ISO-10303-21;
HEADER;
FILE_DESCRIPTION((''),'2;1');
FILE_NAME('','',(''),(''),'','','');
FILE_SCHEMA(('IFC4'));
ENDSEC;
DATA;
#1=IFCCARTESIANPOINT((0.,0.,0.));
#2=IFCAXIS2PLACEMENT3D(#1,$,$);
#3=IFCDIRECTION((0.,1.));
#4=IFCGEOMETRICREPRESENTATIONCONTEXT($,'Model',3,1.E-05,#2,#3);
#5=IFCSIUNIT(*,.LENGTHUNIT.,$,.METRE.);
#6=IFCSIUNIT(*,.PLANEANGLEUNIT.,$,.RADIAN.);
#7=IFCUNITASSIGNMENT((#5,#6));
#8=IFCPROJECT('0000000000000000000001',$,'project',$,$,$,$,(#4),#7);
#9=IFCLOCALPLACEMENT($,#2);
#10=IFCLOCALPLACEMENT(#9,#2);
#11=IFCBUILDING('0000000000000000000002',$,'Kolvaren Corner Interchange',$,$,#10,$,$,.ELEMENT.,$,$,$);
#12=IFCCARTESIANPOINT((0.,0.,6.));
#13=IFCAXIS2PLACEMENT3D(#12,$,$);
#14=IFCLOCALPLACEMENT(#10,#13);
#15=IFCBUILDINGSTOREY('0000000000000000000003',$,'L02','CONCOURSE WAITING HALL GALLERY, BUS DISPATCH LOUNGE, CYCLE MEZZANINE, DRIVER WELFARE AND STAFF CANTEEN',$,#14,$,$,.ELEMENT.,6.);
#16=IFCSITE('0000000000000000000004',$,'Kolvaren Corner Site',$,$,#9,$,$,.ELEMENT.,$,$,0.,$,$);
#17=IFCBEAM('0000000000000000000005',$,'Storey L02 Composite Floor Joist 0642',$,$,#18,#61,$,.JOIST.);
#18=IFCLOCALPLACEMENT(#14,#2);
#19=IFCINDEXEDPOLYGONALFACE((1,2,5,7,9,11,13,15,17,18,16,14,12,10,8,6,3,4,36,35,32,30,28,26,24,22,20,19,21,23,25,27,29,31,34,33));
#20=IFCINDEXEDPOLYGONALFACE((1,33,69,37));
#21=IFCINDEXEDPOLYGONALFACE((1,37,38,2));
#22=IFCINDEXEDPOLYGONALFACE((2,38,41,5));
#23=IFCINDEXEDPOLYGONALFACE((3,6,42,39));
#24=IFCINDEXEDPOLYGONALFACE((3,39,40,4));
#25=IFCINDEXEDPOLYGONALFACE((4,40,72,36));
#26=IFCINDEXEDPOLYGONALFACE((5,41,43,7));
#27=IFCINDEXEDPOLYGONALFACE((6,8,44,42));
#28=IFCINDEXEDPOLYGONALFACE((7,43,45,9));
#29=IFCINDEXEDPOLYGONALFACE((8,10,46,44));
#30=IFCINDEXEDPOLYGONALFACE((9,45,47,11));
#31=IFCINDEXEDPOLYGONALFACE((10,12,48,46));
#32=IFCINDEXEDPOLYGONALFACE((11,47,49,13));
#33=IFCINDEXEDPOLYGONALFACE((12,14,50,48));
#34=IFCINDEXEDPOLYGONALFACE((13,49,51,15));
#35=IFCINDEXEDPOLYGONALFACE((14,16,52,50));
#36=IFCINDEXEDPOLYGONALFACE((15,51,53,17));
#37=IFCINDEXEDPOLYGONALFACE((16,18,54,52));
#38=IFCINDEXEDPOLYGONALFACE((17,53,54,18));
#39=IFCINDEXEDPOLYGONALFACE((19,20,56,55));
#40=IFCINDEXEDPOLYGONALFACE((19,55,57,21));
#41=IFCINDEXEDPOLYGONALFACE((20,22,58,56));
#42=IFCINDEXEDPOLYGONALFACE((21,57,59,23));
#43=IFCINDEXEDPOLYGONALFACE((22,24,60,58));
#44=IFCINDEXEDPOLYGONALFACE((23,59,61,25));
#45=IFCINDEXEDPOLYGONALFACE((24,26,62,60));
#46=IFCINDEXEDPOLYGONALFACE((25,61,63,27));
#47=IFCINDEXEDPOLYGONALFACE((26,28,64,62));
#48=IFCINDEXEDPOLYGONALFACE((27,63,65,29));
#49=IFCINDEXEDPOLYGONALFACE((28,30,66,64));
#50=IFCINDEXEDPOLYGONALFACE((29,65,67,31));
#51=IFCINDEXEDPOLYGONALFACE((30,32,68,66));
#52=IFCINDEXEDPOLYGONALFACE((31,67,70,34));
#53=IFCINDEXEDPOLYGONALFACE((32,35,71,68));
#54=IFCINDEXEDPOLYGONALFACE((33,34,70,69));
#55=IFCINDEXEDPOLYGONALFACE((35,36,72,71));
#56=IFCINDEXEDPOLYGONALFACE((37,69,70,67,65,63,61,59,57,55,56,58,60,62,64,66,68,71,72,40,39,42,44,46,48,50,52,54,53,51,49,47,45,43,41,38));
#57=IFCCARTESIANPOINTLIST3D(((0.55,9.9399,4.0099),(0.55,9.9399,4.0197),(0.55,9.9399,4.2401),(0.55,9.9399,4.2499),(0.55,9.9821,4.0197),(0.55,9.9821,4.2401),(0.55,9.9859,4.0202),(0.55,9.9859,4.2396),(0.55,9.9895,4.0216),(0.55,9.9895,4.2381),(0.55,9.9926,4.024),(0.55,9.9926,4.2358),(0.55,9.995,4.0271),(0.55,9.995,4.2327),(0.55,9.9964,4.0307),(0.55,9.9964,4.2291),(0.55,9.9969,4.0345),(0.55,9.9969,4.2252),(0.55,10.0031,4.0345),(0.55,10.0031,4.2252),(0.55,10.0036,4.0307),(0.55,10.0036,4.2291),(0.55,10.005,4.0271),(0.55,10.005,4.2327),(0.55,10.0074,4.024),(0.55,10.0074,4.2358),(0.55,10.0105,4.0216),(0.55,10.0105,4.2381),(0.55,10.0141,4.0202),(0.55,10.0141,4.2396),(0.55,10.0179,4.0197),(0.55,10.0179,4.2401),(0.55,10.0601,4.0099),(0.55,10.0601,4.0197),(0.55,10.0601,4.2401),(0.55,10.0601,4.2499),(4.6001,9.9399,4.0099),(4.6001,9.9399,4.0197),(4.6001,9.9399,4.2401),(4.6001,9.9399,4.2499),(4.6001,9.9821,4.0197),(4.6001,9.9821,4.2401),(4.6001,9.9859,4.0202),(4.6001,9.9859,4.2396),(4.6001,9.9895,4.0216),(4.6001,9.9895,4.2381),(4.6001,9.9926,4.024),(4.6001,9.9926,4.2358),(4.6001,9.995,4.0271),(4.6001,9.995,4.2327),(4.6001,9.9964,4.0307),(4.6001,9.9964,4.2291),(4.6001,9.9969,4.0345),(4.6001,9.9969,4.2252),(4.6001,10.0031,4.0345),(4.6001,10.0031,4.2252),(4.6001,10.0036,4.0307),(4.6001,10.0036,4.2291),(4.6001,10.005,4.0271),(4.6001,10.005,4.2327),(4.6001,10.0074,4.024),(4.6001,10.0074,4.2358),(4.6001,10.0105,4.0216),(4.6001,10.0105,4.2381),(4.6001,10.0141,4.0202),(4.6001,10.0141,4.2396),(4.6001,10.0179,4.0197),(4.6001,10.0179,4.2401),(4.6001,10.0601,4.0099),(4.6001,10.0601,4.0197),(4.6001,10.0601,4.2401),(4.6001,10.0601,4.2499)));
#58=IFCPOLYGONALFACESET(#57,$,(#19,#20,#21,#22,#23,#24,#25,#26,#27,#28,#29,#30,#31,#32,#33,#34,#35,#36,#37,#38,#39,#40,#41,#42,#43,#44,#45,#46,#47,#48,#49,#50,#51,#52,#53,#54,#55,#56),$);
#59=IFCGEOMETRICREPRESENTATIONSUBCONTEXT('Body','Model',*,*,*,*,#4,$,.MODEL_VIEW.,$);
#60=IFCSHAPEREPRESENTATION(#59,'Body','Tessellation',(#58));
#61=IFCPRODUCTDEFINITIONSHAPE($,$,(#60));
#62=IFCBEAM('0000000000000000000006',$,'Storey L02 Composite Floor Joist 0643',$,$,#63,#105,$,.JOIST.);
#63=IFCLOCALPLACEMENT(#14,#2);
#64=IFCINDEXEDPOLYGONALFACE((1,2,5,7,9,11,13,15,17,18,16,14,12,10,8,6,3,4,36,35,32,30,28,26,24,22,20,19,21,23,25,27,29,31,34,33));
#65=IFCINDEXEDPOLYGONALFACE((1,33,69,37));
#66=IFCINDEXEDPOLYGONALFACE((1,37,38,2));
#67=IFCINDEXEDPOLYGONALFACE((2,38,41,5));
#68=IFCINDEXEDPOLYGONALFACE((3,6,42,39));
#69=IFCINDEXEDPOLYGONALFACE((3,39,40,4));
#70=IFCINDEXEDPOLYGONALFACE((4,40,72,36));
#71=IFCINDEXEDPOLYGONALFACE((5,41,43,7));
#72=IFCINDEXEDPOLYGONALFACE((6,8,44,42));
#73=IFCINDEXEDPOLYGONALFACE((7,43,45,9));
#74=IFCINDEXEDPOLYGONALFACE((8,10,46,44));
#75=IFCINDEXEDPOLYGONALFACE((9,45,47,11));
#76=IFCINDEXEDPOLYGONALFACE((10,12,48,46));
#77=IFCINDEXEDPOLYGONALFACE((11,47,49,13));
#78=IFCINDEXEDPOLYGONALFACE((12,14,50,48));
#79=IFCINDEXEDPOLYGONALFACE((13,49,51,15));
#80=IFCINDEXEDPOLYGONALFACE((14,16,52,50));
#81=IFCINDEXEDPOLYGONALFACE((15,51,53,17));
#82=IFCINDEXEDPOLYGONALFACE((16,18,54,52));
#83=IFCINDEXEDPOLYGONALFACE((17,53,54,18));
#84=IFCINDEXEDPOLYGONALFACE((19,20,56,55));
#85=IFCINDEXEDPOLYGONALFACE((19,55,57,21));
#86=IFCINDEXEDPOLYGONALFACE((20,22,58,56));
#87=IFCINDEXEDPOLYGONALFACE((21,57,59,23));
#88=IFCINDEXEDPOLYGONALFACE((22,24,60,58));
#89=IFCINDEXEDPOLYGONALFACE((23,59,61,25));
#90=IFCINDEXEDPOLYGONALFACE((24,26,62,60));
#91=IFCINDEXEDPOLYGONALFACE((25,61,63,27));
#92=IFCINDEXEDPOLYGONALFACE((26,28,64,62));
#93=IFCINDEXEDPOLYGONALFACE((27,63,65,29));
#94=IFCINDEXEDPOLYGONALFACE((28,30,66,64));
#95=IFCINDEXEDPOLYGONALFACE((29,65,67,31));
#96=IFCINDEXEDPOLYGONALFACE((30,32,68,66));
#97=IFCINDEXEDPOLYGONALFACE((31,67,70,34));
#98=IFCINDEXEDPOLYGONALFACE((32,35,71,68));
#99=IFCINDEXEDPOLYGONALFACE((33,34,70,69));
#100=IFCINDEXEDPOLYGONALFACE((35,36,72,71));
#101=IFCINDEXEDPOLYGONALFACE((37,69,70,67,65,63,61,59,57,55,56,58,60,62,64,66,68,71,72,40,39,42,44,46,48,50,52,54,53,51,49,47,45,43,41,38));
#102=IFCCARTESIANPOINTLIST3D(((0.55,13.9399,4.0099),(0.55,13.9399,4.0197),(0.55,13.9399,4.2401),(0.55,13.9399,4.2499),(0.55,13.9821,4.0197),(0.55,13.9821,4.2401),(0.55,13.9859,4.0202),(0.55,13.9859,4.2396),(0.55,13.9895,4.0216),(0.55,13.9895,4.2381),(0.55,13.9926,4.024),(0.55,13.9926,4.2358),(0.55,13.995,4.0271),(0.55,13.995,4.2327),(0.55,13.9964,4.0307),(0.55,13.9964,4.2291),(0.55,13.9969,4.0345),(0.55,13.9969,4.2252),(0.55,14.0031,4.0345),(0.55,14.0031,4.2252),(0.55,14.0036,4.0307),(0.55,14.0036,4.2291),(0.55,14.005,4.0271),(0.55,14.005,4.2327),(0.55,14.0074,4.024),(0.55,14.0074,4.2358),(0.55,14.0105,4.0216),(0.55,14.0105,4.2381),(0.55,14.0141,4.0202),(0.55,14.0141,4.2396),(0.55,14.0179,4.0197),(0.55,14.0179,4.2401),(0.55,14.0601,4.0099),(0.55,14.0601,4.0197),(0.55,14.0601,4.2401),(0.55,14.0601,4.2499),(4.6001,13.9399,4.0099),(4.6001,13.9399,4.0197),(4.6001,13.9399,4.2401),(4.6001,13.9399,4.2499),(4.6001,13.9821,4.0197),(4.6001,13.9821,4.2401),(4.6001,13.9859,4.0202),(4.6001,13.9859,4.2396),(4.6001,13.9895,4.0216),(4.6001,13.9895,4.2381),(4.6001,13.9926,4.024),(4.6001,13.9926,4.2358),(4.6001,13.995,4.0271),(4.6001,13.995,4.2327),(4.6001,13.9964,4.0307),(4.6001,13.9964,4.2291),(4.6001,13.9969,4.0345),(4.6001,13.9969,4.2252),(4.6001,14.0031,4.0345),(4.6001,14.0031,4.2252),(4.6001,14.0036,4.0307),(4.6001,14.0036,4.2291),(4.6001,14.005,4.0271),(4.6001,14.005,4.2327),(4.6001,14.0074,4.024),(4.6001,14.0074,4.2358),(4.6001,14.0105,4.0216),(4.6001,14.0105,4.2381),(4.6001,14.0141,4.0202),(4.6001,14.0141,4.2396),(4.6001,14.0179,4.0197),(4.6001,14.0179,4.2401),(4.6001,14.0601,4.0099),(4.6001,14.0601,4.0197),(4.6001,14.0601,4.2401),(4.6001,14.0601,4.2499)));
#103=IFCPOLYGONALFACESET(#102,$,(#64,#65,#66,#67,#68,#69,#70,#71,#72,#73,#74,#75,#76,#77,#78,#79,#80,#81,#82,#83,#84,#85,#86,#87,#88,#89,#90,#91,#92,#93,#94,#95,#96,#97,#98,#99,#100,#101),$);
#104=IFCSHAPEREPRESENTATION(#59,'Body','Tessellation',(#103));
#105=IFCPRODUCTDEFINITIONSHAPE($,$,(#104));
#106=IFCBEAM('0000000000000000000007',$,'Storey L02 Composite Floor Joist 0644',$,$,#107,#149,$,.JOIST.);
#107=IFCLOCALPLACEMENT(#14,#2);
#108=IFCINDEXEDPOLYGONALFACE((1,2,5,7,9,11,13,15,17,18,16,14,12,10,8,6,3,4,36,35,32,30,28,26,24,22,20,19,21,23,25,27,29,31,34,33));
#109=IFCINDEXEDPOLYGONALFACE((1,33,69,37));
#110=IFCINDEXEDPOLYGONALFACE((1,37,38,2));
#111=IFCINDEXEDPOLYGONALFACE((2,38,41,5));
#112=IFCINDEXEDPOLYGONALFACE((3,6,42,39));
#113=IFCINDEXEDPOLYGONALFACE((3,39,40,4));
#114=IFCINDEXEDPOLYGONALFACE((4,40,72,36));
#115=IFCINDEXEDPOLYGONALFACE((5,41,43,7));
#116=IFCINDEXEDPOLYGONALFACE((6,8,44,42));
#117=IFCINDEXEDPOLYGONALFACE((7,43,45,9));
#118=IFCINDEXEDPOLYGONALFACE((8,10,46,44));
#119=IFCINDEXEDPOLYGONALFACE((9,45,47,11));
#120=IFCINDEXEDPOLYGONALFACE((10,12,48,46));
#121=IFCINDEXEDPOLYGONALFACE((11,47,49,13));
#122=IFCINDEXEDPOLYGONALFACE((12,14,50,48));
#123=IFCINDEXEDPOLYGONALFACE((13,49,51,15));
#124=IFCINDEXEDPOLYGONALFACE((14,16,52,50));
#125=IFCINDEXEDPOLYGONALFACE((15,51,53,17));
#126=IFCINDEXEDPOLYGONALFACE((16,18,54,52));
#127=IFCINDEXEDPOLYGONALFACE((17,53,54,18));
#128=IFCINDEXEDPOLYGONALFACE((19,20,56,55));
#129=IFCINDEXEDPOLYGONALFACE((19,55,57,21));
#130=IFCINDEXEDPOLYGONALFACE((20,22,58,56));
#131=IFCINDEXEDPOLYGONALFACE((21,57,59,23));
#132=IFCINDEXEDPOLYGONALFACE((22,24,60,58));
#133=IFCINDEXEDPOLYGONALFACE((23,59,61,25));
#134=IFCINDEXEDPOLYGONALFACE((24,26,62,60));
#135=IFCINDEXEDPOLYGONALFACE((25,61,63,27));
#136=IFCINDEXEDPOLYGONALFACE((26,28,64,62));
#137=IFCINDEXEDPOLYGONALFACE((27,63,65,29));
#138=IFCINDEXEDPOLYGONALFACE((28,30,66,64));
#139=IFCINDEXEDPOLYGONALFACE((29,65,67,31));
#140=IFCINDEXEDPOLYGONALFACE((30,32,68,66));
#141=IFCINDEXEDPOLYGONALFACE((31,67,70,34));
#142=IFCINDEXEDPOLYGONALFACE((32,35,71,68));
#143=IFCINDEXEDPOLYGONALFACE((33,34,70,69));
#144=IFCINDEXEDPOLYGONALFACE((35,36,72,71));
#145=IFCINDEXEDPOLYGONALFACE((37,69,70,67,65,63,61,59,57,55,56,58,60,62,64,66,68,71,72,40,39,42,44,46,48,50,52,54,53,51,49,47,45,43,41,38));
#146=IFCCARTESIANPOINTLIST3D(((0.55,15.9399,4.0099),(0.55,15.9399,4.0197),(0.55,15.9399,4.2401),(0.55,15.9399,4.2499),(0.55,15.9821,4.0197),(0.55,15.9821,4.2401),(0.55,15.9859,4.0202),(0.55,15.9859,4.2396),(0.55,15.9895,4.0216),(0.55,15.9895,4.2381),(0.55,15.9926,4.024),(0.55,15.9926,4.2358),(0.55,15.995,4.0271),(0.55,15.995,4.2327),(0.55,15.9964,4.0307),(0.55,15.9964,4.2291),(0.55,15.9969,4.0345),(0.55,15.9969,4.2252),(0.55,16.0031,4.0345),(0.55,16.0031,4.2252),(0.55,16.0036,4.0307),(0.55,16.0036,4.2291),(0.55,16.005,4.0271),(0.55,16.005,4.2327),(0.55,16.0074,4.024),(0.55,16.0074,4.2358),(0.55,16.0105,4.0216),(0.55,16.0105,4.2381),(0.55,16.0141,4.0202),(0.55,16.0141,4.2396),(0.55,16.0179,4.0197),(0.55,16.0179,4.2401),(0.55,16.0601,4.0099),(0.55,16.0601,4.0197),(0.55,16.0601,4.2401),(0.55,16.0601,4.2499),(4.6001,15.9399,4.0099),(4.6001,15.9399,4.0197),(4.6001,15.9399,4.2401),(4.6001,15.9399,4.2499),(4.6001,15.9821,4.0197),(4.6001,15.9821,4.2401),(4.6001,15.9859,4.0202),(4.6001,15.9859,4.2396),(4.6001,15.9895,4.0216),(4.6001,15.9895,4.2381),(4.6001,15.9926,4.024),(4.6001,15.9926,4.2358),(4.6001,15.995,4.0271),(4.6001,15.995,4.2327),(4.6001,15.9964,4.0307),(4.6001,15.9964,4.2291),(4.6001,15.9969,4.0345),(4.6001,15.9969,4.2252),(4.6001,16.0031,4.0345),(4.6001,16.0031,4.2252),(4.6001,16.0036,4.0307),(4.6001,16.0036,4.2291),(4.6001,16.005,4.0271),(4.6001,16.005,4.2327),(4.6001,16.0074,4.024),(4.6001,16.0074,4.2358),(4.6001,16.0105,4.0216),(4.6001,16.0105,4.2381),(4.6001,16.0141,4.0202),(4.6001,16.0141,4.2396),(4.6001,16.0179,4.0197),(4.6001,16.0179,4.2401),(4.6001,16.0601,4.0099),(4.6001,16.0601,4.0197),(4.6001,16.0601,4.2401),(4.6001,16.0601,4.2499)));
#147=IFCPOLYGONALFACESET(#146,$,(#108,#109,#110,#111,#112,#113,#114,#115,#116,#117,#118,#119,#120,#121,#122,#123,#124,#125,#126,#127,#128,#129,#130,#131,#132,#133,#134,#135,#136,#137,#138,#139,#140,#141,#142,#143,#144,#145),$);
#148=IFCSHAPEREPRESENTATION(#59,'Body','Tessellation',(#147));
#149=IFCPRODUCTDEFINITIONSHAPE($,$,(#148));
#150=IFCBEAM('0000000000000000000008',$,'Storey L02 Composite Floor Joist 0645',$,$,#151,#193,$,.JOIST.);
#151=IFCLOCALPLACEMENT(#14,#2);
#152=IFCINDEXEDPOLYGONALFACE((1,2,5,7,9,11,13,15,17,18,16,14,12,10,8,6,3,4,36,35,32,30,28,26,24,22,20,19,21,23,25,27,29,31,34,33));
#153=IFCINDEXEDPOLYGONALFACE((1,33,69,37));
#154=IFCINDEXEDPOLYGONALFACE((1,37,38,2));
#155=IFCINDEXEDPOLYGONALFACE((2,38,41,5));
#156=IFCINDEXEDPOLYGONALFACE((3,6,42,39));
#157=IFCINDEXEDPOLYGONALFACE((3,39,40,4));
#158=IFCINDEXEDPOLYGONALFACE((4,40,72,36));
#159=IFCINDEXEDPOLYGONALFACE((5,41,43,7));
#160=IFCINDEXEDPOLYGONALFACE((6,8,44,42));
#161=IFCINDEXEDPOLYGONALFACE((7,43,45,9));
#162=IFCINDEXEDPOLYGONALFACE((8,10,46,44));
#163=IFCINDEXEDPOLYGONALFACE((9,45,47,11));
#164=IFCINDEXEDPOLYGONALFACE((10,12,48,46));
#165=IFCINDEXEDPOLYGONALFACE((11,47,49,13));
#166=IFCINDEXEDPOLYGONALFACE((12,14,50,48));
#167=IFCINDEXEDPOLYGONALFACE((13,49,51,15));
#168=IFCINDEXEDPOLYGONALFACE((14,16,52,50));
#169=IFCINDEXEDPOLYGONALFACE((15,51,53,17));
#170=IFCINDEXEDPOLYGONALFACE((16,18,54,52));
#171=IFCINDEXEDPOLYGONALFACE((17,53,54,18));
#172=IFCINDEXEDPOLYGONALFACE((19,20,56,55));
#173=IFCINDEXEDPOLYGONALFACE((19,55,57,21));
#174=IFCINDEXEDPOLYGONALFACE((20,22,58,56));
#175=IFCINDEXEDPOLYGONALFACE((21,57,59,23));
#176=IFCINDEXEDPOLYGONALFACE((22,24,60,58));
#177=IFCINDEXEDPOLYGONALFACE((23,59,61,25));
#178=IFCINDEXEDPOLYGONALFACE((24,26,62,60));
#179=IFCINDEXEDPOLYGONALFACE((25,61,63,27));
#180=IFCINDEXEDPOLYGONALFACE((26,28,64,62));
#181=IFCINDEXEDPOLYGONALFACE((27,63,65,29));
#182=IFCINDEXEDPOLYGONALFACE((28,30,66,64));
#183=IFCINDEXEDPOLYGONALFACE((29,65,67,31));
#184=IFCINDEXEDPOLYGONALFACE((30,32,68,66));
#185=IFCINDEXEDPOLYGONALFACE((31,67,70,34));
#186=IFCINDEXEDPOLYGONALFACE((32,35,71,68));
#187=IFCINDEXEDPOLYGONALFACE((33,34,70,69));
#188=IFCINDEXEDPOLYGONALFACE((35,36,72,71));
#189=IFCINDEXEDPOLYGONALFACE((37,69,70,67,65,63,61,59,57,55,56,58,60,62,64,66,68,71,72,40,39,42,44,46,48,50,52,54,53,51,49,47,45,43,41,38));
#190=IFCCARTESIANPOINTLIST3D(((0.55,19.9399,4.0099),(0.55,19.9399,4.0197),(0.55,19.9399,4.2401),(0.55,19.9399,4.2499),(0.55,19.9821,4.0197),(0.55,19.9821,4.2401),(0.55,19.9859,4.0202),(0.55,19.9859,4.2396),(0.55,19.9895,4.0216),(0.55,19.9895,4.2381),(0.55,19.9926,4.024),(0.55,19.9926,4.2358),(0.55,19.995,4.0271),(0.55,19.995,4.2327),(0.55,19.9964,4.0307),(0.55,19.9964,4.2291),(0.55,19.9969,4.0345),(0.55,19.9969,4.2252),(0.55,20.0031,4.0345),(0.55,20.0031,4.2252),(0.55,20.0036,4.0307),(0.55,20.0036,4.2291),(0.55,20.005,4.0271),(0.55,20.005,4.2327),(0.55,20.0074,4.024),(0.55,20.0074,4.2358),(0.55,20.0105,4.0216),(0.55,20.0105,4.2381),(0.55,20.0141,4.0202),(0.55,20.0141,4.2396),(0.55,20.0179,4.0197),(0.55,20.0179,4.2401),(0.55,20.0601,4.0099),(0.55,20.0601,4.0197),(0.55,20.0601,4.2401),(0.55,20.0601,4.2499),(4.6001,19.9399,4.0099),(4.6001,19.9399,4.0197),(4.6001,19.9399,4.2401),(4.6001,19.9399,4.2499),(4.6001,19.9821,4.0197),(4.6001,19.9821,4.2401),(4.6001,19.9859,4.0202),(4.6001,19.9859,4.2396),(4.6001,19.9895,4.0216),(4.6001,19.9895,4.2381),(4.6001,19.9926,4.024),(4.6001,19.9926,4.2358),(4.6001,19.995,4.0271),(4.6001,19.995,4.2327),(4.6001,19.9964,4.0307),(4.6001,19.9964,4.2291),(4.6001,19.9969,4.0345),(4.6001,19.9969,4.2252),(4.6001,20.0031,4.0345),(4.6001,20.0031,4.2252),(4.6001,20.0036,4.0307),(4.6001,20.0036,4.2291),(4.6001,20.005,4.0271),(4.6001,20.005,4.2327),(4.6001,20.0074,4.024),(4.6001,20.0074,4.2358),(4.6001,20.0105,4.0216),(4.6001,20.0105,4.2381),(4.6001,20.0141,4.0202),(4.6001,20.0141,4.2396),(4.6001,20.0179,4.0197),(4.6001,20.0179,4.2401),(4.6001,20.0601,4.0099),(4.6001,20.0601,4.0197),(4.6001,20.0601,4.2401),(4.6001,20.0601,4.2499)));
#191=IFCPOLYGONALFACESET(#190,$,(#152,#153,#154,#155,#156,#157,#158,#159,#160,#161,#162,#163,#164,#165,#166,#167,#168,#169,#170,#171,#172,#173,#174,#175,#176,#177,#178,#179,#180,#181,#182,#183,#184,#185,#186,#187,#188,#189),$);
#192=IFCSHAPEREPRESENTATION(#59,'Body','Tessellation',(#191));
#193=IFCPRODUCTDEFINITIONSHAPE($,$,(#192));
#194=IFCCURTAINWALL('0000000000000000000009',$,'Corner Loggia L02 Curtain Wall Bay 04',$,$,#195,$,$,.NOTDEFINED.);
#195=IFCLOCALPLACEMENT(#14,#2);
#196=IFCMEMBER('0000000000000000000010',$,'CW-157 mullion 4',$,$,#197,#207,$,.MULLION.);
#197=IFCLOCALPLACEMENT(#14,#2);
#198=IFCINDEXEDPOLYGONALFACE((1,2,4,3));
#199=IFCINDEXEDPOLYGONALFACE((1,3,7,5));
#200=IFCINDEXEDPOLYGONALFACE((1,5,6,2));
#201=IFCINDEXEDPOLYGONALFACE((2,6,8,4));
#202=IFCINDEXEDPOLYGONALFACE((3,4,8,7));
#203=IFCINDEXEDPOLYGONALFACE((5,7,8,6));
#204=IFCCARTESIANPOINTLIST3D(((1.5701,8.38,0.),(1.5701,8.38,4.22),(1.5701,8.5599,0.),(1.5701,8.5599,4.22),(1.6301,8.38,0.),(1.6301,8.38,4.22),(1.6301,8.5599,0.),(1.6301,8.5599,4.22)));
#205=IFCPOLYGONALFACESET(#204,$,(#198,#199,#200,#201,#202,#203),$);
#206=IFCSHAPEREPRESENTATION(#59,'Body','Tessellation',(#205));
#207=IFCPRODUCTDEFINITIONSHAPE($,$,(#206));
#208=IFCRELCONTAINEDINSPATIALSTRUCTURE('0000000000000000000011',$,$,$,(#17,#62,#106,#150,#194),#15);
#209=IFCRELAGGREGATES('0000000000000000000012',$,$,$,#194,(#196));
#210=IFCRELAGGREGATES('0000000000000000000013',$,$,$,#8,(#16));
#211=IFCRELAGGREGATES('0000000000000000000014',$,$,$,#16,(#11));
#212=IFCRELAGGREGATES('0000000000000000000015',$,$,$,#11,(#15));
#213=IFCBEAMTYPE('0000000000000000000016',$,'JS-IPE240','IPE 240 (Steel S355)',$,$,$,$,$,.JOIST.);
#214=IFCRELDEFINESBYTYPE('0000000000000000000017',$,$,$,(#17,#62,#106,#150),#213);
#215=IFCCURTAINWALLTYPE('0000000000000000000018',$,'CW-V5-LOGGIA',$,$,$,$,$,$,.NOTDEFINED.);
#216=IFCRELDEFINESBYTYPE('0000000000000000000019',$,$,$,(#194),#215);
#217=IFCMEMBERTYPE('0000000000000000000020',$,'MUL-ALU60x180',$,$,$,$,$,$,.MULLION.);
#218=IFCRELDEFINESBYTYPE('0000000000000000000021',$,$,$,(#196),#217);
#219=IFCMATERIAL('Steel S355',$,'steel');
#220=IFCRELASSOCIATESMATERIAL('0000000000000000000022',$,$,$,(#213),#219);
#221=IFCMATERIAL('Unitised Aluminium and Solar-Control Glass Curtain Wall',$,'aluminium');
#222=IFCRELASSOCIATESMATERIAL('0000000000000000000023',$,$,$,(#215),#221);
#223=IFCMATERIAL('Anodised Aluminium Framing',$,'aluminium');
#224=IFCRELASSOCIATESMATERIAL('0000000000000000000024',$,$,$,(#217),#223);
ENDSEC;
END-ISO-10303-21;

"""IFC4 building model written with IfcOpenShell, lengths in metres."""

from ifc_helpers import new_model, si_unit, direction, frame, origin, origin_2d, place, context, subcontext, project, spatial, rectangle, i_section, extrude, material, material_profile, profile_set, type_object, element, aggregate, save


model = new_model("IFC4")

# Units and contexts
model_context = context("Model", 3, precision=1e-05, world=origin(), true_north=direction((0.0, 1.0)))
body_context = subcontext(model_context, "Body", "Model", "MODEL_VIEW")
ifc_project = project(units=[si_unit("LENGTHUNIT", "METRE"), si_unit("PLANEANGLEUNIT", "RADIAN")], contexts=[model_context])

# Site, building, storey
site_placement = place(None, origin())
site = spatial("IfcSite", under=ifc_project, at=site_placement, Name="Kolvaren Corner Site", CompositionType="ELEMENT", RefElevation=0.0)
building_placement = place(site_placement, origin())
building = spatial("IfcBuilding", under=site, at=building_placement, Name="Kolvaren Corner Interchange", CompositionType="ELEMENT")
storey_placement = place(building_placement, frame((0.0, 0.0, 6.0)))
storey = spatial("IfcBuildingStorey", under=building, at=storey_placement, Name="L02", Description="CONCOURSE WAITING HALL GALLERY, BUS DISPATCH LOUNGE, CYCLE MEZZANINE, DRIVER WELFARE AND STAFF CANTEEN", CompositionType="ELEMENT", Elevation=6.0)

# Beams
ifc_material_1 = material(Name="Steel S355", Category="steel")
ifc_material_profile_1 = material_profile(ifc_material_1, i_section(OverallWidth=0.1201, OverallDepth=0.24, WebThickness=0.0061, FlangeThickness=0.0098, FilletRadius=0.0149, at=origin_2d()), Name="IPE 240")
ifc_profile_set_1 = profile_set([ifc_material_profile_1], Name="Steel S355")
beam_type_1 = type_object("IfcBeamType", Name="JS-IPE240", Description="IPE 240 (Steel S355)", PredefinedType="JOIST", material=ifc_profile_set_1)
for number, where, z_axis, x_axis, name in (
    (1, (0.55, 10.0, 4.1299), (1.0, 0.0, 0.0), (0.0, 1.0, 0.0), "Storey L02 Composite Floor Joist 0642"),
    (2, (0.55, 14.0, 4.1299), (1.0, 0.0, 0.0), (0.0, 1.0, 0.0), "Storey L02 Composite Floor Joist 0643"),
    (3, (0.55, 16.0, 4.1299), (1.0, 0.0, 0.0), (0.0, 1.0, 0.0), "Storey L02 Composite Floor Joist 0644"),
    (4, (0.55, 20.0, 4.1299), (1.0, 0.0, 0.0), (0.0, 1.0, 0.0), "Storey L02 Composite Floor Joist 0645"),
):
    element("IfcBeam", number, at=place(storey_placement, frame(where, z_axis=z_axis, x_axis=x_axis)), inside=storey, type_object=beam_type_1, Name=name, PredefinedType="JOIST", context=body_context, shape_type="SweptSolid", body=[
        extrude(i_section(OverallWidth=0.1201, OverallDepth=0.24, WebThickness=0.0061, FlangeThickness=0.0098, FilletRadius=0.0149, at=origin_2d()), origin(), (0.0, 0.0, 1.0), 4.05),
    ])

# Curtain wall, member
ifc_material_2 = material(Name="Unitised Aluminium and Solar-Control Glass Curtain Wall", Category="aluminium")
curtain_wall_type = type_object("IfcCurtainWallType", Name="CW-V5-LOGGIA", PredefinedType="NOTDEFINED", material=ifc_material_2)
curtain_wall_placement = place(storey_placement, origin())
curtain_wall = element("IfcCurtainWall", 5, at=curtain_wall_placement, inside=storey, type_object=curtain_wall_type, Name="Corner Loggia L02 Curtain Wall Bay 04", PredefinedType="NOTDEFINED")
ifc_material_3 = material(Name="Anodised Aluminium Framing", Category="aluminium")
ifc_material_profile_2 = material_profile(ifc_material_3, rectangle(XDim=0.0601, YDim=0.1799, at=origin_2d()), Name="ALU 60x180")
ifc_profile_set_2 = profile_set([ifc_material_profile_2], Name="Anodised Aluminium Framing")
member_type_1 = type_object("IfcMemberType", Name="MUL-ALU60x180", PredefinedType="MULLION", material=ifc_profile_set_2)
member_1_placement = place(storey_placement, frame((1.6001, 8.47, 0.0), z_axis=(0.0, 0.0, 1.0), x_axis=(-1.0, 0.0, 0.0)))
member_1 = element("IfcMember", 6, at=member_1_placement, type_object=member_type_1, Name="CW-157 mullion 4", PredefinedType="MULLION", context=body_context, shape_type="SweptSolid", body=[
    extrude(rectangle(XDim=0.0601, YDim=0.1799, at=origin_2d()), origin(), (0.0, 0.0, 1.0), 4.22),
])

aggregate(curtain_wall, [member_1])

save(model, "model.ifc")
